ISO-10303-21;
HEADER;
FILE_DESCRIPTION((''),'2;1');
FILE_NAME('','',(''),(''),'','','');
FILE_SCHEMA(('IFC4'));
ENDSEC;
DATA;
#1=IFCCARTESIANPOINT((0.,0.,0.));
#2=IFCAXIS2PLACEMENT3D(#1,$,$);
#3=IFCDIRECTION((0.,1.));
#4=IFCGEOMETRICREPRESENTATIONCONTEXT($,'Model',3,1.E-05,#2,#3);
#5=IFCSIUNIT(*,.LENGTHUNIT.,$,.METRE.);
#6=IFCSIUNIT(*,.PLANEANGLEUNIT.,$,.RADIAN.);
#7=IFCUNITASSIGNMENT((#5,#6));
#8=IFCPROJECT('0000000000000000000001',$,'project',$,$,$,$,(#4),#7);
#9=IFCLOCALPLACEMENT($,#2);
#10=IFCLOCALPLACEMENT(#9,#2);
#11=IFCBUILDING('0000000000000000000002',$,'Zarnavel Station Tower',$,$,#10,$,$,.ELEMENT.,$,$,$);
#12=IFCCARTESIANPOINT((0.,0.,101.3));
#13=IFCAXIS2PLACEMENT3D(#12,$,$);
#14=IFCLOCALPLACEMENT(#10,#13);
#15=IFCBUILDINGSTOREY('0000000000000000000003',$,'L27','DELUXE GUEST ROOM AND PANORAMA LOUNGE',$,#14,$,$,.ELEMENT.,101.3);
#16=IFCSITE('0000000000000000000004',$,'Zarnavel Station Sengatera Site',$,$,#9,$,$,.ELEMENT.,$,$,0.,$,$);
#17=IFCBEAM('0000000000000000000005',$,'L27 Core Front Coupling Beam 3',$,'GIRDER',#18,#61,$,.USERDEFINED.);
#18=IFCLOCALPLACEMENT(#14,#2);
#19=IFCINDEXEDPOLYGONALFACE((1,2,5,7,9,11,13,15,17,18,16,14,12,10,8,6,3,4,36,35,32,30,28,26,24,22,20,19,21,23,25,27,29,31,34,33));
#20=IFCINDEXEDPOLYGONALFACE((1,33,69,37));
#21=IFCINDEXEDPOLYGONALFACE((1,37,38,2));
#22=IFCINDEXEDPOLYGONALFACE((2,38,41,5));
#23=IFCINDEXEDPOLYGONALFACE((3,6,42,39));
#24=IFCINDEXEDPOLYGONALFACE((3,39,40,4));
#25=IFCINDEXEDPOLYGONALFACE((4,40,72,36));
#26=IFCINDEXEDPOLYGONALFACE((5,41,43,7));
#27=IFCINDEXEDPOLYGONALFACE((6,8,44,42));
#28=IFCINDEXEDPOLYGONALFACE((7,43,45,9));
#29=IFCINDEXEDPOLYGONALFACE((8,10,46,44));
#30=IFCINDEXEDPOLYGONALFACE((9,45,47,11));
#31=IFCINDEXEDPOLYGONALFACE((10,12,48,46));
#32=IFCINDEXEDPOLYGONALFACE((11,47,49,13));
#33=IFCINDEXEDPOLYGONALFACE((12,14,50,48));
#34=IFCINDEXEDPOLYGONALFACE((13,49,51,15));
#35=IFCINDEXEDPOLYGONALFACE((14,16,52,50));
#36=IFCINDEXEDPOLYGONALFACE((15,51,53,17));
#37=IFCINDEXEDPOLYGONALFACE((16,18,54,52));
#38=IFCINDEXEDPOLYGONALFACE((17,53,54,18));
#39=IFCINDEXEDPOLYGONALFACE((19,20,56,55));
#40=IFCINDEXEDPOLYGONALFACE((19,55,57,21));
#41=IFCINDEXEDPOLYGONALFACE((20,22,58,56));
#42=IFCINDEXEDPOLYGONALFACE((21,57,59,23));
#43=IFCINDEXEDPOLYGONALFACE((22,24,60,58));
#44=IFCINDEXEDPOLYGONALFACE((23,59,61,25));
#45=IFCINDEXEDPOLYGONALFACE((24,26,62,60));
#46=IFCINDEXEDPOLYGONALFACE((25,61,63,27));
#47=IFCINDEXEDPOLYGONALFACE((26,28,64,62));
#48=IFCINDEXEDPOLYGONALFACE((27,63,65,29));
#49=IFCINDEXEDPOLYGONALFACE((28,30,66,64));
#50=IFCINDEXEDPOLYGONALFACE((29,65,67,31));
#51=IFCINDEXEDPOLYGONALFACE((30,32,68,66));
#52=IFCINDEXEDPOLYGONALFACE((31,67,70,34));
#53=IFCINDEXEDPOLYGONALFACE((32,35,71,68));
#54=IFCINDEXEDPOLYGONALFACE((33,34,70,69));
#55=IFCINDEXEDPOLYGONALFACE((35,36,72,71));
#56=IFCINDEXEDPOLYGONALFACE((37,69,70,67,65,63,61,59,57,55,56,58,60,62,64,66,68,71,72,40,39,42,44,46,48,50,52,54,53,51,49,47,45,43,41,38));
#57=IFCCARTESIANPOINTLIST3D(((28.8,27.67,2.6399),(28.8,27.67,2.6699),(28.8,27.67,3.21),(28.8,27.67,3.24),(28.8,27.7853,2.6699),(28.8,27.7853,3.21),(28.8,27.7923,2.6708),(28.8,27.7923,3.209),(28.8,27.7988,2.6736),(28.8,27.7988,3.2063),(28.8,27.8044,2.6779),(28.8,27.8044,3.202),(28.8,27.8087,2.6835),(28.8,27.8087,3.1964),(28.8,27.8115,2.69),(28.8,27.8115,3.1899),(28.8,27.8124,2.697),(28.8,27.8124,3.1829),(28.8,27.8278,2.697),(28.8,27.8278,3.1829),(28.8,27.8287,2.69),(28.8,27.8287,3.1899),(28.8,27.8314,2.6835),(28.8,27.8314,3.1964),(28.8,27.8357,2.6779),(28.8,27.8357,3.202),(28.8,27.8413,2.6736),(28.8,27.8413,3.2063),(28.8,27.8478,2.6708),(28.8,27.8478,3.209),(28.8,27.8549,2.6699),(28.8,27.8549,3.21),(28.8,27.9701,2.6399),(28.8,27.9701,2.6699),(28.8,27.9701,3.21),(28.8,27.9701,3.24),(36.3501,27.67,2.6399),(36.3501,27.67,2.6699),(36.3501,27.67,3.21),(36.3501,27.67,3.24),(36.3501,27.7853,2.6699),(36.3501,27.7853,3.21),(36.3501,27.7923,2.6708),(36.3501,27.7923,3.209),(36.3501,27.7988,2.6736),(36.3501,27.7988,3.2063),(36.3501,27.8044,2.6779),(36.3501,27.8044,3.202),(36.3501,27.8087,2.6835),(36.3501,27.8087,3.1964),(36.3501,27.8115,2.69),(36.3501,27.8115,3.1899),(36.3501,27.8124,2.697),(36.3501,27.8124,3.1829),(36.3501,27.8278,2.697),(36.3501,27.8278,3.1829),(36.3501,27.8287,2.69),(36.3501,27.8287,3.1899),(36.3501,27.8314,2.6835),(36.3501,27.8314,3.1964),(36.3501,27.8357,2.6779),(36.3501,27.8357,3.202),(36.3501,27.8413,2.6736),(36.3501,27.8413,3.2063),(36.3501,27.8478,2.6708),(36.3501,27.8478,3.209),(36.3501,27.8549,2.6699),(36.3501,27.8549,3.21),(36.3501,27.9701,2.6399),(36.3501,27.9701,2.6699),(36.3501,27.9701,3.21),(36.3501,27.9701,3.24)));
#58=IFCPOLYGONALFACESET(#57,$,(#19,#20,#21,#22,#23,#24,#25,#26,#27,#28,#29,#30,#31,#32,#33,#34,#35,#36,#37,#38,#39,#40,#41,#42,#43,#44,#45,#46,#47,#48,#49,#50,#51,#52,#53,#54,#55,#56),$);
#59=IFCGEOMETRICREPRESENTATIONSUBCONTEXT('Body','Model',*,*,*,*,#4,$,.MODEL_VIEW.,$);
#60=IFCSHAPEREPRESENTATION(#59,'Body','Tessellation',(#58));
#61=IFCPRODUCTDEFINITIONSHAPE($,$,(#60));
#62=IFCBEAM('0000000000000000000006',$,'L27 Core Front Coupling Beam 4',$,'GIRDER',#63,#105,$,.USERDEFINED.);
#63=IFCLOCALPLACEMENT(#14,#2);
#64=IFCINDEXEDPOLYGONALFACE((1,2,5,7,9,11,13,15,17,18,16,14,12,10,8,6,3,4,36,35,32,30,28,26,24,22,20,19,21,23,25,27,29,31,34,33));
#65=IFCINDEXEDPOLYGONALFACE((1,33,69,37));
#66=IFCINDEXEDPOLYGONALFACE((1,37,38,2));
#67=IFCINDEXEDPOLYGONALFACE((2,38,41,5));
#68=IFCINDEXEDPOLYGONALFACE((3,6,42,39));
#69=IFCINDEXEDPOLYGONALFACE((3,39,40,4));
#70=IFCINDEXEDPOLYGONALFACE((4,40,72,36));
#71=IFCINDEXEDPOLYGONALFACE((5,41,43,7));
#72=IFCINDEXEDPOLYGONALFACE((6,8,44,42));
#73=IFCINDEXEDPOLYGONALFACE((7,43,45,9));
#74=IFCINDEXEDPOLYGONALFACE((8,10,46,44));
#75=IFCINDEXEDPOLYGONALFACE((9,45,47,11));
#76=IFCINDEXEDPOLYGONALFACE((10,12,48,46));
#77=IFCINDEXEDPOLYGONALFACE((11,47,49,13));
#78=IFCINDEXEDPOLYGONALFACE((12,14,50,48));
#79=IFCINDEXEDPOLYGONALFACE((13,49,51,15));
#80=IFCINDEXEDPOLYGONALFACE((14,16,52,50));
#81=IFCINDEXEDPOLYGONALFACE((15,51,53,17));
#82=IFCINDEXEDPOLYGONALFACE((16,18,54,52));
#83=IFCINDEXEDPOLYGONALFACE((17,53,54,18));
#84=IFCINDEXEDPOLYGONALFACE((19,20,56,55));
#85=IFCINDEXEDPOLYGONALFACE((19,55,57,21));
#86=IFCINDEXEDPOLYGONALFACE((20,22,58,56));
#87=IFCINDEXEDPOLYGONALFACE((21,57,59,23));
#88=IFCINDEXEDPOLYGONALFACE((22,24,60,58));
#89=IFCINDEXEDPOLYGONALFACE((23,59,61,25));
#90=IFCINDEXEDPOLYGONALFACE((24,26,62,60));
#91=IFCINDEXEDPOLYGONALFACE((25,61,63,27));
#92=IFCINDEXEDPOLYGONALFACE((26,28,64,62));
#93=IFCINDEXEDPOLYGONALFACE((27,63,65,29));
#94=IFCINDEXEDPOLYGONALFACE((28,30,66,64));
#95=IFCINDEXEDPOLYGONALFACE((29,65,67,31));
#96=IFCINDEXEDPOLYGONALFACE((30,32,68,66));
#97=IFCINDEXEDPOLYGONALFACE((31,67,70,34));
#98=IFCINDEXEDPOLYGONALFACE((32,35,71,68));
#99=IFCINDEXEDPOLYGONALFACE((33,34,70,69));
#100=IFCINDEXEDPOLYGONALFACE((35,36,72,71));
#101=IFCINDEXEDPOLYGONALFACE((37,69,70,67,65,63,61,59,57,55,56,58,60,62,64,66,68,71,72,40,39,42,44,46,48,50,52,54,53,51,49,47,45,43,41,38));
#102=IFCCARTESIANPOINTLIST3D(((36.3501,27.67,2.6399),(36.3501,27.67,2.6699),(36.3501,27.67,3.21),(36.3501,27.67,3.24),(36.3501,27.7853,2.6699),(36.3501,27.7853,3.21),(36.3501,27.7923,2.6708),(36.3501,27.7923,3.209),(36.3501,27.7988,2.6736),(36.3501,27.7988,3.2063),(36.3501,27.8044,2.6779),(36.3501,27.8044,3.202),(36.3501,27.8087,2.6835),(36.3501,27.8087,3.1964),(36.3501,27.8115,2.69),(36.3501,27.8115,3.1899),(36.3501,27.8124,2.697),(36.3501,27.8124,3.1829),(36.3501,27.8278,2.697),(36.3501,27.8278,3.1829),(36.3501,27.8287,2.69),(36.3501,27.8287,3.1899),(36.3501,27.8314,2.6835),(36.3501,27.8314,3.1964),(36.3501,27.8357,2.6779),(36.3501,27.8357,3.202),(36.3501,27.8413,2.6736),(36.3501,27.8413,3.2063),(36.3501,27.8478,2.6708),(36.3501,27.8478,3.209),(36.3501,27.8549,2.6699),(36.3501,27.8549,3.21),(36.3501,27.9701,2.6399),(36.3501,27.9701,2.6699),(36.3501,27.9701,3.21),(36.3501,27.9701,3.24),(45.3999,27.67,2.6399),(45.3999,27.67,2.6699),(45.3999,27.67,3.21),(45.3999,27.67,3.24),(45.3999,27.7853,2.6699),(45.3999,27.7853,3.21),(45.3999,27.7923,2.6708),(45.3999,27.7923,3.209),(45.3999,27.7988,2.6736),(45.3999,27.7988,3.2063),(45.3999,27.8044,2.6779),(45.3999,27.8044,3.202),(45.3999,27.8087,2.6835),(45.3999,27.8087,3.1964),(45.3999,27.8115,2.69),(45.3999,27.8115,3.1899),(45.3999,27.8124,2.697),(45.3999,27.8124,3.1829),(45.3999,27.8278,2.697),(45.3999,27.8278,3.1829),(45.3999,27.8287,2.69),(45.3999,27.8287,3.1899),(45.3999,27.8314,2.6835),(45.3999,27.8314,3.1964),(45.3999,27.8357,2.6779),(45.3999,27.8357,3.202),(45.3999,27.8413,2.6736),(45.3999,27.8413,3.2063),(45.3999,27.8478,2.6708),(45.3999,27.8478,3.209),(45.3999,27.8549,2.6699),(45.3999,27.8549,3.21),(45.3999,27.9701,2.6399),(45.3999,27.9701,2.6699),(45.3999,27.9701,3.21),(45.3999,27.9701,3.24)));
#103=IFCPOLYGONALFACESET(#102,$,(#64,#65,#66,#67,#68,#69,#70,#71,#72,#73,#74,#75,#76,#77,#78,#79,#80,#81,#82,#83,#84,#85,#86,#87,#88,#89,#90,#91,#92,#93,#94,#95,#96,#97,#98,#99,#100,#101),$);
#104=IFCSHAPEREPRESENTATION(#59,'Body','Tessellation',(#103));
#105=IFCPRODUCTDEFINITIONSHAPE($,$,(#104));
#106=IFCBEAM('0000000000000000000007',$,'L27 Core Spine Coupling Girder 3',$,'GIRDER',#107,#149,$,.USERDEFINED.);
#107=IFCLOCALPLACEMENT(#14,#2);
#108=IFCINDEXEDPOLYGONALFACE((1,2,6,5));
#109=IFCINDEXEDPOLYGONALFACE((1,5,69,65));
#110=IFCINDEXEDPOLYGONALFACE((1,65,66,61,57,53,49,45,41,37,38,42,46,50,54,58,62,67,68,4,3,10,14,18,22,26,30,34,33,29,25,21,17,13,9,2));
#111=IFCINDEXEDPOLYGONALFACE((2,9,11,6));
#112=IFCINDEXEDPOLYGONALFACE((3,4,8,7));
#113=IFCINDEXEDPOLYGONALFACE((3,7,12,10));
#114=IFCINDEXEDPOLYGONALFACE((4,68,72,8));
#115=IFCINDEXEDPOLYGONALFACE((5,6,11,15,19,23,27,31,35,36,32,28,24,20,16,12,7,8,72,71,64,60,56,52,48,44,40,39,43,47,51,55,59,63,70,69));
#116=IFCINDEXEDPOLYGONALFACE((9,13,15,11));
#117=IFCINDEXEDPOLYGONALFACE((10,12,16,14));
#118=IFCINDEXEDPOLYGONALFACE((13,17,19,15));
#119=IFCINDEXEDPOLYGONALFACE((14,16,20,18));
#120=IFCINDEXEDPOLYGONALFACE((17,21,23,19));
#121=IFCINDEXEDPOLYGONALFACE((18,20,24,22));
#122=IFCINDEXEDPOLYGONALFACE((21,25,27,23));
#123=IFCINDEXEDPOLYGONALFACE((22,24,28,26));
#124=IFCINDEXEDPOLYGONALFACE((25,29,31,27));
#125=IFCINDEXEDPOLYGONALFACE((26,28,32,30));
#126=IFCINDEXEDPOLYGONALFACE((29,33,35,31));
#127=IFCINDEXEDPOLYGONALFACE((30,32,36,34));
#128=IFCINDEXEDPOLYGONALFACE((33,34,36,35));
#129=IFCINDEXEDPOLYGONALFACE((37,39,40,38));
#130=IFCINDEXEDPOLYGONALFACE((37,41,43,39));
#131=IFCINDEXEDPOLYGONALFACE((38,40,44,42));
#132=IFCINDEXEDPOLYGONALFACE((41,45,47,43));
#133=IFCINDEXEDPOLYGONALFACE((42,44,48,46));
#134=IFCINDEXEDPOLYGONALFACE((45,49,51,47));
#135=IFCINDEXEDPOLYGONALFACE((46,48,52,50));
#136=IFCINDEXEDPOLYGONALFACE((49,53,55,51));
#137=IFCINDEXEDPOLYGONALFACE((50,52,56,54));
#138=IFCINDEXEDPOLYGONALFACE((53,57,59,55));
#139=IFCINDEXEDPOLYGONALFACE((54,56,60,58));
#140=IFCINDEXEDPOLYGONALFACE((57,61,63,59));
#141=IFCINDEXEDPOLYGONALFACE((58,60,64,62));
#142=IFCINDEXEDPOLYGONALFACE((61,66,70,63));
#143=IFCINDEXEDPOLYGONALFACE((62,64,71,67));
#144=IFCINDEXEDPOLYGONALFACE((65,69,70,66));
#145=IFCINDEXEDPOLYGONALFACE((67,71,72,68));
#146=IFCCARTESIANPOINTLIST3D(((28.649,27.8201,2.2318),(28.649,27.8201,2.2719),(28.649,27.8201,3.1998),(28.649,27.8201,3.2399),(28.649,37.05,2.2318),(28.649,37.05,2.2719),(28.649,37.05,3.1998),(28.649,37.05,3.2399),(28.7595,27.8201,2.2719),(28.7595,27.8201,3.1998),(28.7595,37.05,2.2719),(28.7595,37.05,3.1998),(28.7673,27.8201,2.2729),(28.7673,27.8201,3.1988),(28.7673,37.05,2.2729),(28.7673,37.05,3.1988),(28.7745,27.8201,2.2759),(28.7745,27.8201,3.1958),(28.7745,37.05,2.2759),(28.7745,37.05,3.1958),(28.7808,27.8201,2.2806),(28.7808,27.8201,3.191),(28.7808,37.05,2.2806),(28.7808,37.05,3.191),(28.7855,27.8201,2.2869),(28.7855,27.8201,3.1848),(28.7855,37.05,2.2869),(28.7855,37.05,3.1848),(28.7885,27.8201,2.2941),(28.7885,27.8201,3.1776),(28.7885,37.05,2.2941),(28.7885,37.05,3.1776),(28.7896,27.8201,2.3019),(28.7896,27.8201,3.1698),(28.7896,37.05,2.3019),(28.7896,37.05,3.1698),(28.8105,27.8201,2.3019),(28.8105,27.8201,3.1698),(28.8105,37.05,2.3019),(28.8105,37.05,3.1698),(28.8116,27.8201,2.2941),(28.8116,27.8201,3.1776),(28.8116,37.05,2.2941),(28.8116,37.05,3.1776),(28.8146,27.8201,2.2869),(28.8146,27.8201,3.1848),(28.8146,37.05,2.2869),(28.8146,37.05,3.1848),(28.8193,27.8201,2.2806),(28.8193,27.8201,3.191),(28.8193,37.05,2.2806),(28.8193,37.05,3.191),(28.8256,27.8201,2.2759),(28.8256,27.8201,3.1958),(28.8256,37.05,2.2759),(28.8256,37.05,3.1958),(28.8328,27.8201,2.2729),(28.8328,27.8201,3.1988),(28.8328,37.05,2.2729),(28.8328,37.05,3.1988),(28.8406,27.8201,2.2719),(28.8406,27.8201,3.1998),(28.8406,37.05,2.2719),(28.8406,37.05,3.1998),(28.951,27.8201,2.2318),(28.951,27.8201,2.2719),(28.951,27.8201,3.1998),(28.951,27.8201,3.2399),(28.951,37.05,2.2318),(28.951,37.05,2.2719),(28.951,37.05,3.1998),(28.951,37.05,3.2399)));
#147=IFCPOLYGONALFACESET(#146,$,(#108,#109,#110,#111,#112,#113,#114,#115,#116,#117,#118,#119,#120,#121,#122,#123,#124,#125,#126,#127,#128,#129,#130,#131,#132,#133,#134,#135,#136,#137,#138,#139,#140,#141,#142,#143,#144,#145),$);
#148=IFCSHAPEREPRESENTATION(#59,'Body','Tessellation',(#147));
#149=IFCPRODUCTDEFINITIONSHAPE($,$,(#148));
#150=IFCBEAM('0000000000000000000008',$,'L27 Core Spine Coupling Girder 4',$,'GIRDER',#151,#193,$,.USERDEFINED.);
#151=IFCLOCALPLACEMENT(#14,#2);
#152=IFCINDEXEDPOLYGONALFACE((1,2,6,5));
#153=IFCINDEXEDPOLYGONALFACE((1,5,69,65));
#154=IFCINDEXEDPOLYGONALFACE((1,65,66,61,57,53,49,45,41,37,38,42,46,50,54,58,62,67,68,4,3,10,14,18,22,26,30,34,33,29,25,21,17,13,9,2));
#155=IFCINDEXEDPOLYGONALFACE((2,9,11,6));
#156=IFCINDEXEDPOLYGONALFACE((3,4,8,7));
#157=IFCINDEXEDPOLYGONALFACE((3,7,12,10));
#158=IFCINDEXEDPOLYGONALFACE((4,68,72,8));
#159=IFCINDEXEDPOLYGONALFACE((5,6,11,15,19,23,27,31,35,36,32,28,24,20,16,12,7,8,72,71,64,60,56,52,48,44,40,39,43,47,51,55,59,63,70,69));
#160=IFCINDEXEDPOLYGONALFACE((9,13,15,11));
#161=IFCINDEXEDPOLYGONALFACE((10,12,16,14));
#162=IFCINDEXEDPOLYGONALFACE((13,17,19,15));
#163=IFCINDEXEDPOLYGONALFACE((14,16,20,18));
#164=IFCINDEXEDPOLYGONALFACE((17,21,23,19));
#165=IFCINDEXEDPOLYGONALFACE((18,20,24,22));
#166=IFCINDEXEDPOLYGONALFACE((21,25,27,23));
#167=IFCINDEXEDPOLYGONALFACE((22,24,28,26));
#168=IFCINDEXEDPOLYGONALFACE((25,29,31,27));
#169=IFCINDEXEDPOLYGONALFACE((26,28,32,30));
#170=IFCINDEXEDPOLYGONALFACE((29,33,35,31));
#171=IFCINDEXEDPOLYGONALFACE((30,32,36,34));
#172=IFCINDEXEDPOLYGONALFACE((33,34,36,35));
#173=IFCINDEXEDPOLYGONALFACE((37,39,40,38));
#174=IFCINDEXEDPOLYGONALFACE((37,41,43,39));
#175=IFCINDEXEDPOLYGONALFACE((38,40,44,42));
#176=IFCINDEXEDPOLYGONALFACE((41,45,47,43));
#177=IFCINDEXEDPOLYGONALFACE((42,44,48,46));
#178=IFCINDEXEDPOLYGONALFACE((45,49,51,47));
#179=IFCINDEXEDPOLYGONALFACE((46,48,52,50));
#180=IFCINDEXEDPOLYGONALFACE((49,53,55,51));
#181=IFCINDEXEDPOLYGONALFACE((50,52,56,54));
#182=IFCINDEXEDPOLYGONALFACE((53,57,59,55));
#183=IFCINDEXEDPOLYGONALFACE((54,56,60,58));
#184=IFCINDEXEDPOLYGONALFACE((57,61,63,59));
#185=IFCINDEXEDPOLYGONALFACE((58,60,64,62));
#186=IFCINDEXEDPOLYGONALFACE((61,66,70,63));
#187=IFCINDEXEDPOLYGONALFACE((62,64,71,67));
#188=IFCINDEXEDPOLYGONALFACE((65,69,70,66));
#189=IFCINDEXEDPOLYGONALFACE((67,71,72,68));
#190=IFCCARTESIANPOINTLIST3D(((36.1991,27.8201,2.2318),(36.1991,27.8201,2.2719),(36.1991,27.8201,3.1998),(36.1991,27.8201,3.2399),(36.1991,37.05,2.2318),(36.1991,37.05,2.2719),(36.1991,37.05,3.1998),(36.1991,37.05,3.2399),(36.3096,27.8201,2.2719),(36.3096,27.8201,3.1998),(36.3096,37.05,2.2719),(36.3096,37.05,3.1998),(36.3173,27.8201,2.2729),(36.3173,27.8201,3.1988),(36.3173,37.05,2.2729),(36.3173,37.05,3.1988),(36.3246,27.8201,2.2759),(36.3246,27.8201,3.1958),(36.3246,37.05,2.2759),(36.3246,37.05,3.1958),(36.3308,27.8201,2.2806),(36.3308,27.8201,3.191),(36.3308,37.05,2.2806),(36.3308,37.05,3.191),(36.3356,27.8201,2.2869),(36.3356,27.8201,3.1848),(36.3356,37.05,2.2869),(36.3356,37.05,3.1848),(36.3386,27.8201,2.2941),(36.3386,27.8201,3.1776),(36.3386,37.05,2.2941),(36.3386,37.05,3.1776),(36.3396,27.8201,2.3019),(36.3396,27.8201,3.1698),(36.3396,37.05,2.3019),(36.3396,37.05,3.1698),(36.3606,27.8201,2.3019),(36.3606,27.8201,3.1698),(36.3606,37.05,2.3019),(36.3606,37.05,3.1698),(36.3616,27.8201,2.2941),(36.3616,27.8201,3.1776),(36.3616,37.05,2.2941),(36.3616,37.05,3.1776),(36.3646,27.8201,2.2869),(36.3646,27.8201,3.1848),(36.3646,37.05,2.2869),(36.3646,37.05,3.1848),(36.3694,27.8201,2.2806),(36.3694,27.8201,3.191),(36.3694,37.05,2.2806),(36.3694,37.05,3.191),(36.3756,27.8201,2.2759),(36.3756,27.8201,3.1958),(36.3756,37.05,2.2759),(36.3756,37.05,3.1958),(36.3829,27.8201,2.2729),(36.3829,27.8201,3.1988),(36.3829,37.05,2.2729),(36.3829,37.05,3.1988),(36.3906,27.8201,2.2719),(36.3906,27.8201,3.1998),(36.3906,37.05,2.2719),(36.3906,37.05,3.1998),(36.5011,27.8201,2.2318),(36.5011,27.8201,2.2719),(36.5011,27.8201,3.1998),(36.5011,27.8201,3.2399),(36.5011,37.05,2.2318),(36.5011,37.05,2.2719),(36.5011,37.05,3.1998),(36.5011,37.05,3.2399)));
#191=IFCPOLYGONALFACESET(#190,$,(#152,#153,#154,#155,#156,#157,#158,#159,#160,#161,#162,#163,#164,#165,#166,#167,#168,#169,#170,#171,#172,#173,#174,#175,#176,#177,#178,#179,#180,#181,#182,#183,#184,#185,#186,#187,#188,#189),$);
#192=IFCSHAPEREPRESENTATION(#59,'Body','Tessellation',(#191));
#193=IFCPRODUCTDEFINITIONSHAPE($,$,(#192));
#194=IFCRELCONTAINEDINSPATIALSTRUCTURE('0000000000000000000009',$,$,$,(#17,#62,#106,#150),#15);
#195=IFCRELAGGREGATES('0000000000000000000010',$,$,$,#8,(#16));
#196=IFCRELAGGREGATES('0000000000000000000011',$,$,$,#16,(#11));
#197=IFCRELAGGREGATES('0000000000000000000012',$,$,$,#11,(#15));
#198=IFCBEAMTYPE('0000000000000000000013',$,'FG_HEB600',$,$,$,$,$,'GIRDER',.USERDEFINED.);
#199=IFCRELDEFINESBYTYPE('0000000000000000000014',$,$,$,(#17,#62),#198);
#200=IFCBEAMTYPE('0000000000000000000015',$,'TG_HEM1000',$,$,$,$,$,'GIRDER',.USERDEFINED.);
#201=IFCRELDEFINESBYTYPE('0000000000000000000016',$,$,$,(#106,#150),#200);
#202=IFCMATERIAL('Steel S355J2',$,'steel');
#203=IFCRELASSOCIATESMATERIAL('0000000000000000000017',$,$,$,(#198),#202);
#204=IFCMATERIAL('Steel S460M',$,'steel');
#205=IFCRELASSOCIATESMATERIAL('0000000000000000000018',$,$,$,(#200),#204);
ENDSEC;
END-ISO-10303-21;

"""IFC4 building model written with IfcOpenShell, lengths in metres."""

from ifc_helpers import new_model, si_unit, direction, frame, origin, origin_2d, place, context, subcontext, project, spatial, i_section, extrude, material, material_profile, profile_set, type_object, element, save


model = new_model("IFC4")

# Units and contexts
model_context = context("Model", 3, precision=1e-05, world=origin(), true_north=direction((0.0, 1.0)))
body_context = subcontext(model_context, "Body", "Model", "MODEL_VIEW")
ifc_project = project(units=[si_unit("LENGTHUNIT", "METRE"), si_unit("PLANEANGLEUNIT", "RADIAN")], contexts=[model_context])

# Site, building, storey
site_placement = place(None, origin())
site = spatial("IfcSite", under=ifc_project, at=site_placement, Name="Zarnavel Station Sengatera Site", CompositionType="ELEMENT", RefElevation=0.0)
building_placement = place(site_placement, origin())
building = spatial("IfcBuilding", under=site, at=building_placement, Name="Zarnavel Station Tower", CompositionType="ELEMENT")
storey_placement = place(building_placement, frame((0.0, 0.0, 101.3)))
storey = spatial("IfcBuildingStorey", under=building, at=storey_placement, Name="L27", Description="DELUXE GUEST ROOM AND PANORAMA LOUNGE", CompositionType="ELEMENT", Elevation=101.3)

# Beams
ifc_material_1 = material(Name="Steel S355J2", Category="steel")
ifc_material_profile_1 = material_profile(ifc_material_1, i_section(OverallWidth=0.3, OverallDepth=0.6001, WebThickness=0.0154, FlangeThickness=0.03, FilletRadius=0.0271, at=origin_2d()), Name="HEB600")
ifc_profile_set_1 = profile_set([ifc_material_profile_1], Name="Steel S355J2")
beam_type_1 = type_object("IfcBeamType", Name="FG_HEB600", ElementType="GIRDER", PredefinedType="USERDEFINED", material=ifc_profile_set_1)
beam_1_placement = place(storey_placement, frame((28.8, 27.8201, 2.9399), z_axis=(1.0, 0.0, 0.0), x_axis=(0.0, 1.0, 0.0)))
element("IfcBeam", 1, at=beam_1_placement, inside=storey, type_object=beam_type_1, Name="L27 Core Front Coupling Beam 3", ObjectType="GIRDER", PredefinedType="USERDEFINED", context=body_context, shape_type="SweptSolid", body=[
    extrude(i_section(OverallWidth=0.3, OverallDepth=0.6001, WebThickness=0.0154, FlangeThickness=0.03, FilletRadius=0.0271, at=origin_2d()), origin(), (0.0, 0.0, 1.0), 7.55),
])
beam_2_placement = place(storey_placement, frame((36.3501, 27.8201, 2.9399), z_axis=(1.0, 0.0, 0.0), x_axis=(0.0, 1.0, 0.0)))
element("IfcBeam", 2, at=beam_2_placement, inside=storey, type_object=beam_type_1, Name="L27 Core Front Coupling Beam 4", ObjectType="GIRDER", PredefinedType="USERDEFINED", context=body_context, shape_type="SweptSolid", body=[
    extrude(i_section(OverallWidth=0.3, OverallDepth=0.6001, WebThickness=0.0154, FlangeThickness=0.03, FilletRadius=0.0271, at=origin_2d()), origin(), (0.0, 0.0, 1.0), 9.0498),
])
ifc_material_2 = material(Name="Steel S460M", Category="steel")
ifc_material_profile_2 = material_profile(ifc_material_2, i_section(OverallWidth=0.302, OverallDepth=1.0081, WebThickness=0.021, FlangeThickness=0.04, FilletRadius=0.03, at=origin_2d()), Name="HEM1000")
ifc_profile_set_2 = profile_set([ifc_material_profile_2], Name="Steel S460M")
beam_type_2 = type_object("IfcBeamType", Name="TG_HEM1000", ElementType="GIRDER", PredefinedType="USERDEFINED", material=ifc_profile_set_2)
for number, where, z_axis, x_axis, name in (
    (3, (28.8, 27.8201, 2.7358), (0.0, 1.0, 0.0), (-1.0, 0.0, 0.0), "L27 Core Spine Coupling Girder 3"),
    (4, (36.3501, 27.8201, 2.7358), (0.0, 1.0, 0.0), (-1.0, 0.0, 0.0), "L27 Core Spine Coupling Girder 4"),
):
    element("IfcBeam", number, at=place(storey_placement, frame(where, z_axis=z_axis, x_axis=x_axis)), inside=storey, type_object=beam_type_2, Name=name, ObjectType="GIRDER", PredefinedType="USERDEFINED", context=body_context, shape_type="SweptSolid", body=[
        extrude(i_section(OverallWidth=0.302, OverallDepth=1.0081, WebThickness=0.021, FlangeThickness=0.04, FilletRadius=0.03, at=origin_2d()), origin(), (0.0, 0.0, 1.0), 9.23),
    ])

save(model, "model.ifc")
